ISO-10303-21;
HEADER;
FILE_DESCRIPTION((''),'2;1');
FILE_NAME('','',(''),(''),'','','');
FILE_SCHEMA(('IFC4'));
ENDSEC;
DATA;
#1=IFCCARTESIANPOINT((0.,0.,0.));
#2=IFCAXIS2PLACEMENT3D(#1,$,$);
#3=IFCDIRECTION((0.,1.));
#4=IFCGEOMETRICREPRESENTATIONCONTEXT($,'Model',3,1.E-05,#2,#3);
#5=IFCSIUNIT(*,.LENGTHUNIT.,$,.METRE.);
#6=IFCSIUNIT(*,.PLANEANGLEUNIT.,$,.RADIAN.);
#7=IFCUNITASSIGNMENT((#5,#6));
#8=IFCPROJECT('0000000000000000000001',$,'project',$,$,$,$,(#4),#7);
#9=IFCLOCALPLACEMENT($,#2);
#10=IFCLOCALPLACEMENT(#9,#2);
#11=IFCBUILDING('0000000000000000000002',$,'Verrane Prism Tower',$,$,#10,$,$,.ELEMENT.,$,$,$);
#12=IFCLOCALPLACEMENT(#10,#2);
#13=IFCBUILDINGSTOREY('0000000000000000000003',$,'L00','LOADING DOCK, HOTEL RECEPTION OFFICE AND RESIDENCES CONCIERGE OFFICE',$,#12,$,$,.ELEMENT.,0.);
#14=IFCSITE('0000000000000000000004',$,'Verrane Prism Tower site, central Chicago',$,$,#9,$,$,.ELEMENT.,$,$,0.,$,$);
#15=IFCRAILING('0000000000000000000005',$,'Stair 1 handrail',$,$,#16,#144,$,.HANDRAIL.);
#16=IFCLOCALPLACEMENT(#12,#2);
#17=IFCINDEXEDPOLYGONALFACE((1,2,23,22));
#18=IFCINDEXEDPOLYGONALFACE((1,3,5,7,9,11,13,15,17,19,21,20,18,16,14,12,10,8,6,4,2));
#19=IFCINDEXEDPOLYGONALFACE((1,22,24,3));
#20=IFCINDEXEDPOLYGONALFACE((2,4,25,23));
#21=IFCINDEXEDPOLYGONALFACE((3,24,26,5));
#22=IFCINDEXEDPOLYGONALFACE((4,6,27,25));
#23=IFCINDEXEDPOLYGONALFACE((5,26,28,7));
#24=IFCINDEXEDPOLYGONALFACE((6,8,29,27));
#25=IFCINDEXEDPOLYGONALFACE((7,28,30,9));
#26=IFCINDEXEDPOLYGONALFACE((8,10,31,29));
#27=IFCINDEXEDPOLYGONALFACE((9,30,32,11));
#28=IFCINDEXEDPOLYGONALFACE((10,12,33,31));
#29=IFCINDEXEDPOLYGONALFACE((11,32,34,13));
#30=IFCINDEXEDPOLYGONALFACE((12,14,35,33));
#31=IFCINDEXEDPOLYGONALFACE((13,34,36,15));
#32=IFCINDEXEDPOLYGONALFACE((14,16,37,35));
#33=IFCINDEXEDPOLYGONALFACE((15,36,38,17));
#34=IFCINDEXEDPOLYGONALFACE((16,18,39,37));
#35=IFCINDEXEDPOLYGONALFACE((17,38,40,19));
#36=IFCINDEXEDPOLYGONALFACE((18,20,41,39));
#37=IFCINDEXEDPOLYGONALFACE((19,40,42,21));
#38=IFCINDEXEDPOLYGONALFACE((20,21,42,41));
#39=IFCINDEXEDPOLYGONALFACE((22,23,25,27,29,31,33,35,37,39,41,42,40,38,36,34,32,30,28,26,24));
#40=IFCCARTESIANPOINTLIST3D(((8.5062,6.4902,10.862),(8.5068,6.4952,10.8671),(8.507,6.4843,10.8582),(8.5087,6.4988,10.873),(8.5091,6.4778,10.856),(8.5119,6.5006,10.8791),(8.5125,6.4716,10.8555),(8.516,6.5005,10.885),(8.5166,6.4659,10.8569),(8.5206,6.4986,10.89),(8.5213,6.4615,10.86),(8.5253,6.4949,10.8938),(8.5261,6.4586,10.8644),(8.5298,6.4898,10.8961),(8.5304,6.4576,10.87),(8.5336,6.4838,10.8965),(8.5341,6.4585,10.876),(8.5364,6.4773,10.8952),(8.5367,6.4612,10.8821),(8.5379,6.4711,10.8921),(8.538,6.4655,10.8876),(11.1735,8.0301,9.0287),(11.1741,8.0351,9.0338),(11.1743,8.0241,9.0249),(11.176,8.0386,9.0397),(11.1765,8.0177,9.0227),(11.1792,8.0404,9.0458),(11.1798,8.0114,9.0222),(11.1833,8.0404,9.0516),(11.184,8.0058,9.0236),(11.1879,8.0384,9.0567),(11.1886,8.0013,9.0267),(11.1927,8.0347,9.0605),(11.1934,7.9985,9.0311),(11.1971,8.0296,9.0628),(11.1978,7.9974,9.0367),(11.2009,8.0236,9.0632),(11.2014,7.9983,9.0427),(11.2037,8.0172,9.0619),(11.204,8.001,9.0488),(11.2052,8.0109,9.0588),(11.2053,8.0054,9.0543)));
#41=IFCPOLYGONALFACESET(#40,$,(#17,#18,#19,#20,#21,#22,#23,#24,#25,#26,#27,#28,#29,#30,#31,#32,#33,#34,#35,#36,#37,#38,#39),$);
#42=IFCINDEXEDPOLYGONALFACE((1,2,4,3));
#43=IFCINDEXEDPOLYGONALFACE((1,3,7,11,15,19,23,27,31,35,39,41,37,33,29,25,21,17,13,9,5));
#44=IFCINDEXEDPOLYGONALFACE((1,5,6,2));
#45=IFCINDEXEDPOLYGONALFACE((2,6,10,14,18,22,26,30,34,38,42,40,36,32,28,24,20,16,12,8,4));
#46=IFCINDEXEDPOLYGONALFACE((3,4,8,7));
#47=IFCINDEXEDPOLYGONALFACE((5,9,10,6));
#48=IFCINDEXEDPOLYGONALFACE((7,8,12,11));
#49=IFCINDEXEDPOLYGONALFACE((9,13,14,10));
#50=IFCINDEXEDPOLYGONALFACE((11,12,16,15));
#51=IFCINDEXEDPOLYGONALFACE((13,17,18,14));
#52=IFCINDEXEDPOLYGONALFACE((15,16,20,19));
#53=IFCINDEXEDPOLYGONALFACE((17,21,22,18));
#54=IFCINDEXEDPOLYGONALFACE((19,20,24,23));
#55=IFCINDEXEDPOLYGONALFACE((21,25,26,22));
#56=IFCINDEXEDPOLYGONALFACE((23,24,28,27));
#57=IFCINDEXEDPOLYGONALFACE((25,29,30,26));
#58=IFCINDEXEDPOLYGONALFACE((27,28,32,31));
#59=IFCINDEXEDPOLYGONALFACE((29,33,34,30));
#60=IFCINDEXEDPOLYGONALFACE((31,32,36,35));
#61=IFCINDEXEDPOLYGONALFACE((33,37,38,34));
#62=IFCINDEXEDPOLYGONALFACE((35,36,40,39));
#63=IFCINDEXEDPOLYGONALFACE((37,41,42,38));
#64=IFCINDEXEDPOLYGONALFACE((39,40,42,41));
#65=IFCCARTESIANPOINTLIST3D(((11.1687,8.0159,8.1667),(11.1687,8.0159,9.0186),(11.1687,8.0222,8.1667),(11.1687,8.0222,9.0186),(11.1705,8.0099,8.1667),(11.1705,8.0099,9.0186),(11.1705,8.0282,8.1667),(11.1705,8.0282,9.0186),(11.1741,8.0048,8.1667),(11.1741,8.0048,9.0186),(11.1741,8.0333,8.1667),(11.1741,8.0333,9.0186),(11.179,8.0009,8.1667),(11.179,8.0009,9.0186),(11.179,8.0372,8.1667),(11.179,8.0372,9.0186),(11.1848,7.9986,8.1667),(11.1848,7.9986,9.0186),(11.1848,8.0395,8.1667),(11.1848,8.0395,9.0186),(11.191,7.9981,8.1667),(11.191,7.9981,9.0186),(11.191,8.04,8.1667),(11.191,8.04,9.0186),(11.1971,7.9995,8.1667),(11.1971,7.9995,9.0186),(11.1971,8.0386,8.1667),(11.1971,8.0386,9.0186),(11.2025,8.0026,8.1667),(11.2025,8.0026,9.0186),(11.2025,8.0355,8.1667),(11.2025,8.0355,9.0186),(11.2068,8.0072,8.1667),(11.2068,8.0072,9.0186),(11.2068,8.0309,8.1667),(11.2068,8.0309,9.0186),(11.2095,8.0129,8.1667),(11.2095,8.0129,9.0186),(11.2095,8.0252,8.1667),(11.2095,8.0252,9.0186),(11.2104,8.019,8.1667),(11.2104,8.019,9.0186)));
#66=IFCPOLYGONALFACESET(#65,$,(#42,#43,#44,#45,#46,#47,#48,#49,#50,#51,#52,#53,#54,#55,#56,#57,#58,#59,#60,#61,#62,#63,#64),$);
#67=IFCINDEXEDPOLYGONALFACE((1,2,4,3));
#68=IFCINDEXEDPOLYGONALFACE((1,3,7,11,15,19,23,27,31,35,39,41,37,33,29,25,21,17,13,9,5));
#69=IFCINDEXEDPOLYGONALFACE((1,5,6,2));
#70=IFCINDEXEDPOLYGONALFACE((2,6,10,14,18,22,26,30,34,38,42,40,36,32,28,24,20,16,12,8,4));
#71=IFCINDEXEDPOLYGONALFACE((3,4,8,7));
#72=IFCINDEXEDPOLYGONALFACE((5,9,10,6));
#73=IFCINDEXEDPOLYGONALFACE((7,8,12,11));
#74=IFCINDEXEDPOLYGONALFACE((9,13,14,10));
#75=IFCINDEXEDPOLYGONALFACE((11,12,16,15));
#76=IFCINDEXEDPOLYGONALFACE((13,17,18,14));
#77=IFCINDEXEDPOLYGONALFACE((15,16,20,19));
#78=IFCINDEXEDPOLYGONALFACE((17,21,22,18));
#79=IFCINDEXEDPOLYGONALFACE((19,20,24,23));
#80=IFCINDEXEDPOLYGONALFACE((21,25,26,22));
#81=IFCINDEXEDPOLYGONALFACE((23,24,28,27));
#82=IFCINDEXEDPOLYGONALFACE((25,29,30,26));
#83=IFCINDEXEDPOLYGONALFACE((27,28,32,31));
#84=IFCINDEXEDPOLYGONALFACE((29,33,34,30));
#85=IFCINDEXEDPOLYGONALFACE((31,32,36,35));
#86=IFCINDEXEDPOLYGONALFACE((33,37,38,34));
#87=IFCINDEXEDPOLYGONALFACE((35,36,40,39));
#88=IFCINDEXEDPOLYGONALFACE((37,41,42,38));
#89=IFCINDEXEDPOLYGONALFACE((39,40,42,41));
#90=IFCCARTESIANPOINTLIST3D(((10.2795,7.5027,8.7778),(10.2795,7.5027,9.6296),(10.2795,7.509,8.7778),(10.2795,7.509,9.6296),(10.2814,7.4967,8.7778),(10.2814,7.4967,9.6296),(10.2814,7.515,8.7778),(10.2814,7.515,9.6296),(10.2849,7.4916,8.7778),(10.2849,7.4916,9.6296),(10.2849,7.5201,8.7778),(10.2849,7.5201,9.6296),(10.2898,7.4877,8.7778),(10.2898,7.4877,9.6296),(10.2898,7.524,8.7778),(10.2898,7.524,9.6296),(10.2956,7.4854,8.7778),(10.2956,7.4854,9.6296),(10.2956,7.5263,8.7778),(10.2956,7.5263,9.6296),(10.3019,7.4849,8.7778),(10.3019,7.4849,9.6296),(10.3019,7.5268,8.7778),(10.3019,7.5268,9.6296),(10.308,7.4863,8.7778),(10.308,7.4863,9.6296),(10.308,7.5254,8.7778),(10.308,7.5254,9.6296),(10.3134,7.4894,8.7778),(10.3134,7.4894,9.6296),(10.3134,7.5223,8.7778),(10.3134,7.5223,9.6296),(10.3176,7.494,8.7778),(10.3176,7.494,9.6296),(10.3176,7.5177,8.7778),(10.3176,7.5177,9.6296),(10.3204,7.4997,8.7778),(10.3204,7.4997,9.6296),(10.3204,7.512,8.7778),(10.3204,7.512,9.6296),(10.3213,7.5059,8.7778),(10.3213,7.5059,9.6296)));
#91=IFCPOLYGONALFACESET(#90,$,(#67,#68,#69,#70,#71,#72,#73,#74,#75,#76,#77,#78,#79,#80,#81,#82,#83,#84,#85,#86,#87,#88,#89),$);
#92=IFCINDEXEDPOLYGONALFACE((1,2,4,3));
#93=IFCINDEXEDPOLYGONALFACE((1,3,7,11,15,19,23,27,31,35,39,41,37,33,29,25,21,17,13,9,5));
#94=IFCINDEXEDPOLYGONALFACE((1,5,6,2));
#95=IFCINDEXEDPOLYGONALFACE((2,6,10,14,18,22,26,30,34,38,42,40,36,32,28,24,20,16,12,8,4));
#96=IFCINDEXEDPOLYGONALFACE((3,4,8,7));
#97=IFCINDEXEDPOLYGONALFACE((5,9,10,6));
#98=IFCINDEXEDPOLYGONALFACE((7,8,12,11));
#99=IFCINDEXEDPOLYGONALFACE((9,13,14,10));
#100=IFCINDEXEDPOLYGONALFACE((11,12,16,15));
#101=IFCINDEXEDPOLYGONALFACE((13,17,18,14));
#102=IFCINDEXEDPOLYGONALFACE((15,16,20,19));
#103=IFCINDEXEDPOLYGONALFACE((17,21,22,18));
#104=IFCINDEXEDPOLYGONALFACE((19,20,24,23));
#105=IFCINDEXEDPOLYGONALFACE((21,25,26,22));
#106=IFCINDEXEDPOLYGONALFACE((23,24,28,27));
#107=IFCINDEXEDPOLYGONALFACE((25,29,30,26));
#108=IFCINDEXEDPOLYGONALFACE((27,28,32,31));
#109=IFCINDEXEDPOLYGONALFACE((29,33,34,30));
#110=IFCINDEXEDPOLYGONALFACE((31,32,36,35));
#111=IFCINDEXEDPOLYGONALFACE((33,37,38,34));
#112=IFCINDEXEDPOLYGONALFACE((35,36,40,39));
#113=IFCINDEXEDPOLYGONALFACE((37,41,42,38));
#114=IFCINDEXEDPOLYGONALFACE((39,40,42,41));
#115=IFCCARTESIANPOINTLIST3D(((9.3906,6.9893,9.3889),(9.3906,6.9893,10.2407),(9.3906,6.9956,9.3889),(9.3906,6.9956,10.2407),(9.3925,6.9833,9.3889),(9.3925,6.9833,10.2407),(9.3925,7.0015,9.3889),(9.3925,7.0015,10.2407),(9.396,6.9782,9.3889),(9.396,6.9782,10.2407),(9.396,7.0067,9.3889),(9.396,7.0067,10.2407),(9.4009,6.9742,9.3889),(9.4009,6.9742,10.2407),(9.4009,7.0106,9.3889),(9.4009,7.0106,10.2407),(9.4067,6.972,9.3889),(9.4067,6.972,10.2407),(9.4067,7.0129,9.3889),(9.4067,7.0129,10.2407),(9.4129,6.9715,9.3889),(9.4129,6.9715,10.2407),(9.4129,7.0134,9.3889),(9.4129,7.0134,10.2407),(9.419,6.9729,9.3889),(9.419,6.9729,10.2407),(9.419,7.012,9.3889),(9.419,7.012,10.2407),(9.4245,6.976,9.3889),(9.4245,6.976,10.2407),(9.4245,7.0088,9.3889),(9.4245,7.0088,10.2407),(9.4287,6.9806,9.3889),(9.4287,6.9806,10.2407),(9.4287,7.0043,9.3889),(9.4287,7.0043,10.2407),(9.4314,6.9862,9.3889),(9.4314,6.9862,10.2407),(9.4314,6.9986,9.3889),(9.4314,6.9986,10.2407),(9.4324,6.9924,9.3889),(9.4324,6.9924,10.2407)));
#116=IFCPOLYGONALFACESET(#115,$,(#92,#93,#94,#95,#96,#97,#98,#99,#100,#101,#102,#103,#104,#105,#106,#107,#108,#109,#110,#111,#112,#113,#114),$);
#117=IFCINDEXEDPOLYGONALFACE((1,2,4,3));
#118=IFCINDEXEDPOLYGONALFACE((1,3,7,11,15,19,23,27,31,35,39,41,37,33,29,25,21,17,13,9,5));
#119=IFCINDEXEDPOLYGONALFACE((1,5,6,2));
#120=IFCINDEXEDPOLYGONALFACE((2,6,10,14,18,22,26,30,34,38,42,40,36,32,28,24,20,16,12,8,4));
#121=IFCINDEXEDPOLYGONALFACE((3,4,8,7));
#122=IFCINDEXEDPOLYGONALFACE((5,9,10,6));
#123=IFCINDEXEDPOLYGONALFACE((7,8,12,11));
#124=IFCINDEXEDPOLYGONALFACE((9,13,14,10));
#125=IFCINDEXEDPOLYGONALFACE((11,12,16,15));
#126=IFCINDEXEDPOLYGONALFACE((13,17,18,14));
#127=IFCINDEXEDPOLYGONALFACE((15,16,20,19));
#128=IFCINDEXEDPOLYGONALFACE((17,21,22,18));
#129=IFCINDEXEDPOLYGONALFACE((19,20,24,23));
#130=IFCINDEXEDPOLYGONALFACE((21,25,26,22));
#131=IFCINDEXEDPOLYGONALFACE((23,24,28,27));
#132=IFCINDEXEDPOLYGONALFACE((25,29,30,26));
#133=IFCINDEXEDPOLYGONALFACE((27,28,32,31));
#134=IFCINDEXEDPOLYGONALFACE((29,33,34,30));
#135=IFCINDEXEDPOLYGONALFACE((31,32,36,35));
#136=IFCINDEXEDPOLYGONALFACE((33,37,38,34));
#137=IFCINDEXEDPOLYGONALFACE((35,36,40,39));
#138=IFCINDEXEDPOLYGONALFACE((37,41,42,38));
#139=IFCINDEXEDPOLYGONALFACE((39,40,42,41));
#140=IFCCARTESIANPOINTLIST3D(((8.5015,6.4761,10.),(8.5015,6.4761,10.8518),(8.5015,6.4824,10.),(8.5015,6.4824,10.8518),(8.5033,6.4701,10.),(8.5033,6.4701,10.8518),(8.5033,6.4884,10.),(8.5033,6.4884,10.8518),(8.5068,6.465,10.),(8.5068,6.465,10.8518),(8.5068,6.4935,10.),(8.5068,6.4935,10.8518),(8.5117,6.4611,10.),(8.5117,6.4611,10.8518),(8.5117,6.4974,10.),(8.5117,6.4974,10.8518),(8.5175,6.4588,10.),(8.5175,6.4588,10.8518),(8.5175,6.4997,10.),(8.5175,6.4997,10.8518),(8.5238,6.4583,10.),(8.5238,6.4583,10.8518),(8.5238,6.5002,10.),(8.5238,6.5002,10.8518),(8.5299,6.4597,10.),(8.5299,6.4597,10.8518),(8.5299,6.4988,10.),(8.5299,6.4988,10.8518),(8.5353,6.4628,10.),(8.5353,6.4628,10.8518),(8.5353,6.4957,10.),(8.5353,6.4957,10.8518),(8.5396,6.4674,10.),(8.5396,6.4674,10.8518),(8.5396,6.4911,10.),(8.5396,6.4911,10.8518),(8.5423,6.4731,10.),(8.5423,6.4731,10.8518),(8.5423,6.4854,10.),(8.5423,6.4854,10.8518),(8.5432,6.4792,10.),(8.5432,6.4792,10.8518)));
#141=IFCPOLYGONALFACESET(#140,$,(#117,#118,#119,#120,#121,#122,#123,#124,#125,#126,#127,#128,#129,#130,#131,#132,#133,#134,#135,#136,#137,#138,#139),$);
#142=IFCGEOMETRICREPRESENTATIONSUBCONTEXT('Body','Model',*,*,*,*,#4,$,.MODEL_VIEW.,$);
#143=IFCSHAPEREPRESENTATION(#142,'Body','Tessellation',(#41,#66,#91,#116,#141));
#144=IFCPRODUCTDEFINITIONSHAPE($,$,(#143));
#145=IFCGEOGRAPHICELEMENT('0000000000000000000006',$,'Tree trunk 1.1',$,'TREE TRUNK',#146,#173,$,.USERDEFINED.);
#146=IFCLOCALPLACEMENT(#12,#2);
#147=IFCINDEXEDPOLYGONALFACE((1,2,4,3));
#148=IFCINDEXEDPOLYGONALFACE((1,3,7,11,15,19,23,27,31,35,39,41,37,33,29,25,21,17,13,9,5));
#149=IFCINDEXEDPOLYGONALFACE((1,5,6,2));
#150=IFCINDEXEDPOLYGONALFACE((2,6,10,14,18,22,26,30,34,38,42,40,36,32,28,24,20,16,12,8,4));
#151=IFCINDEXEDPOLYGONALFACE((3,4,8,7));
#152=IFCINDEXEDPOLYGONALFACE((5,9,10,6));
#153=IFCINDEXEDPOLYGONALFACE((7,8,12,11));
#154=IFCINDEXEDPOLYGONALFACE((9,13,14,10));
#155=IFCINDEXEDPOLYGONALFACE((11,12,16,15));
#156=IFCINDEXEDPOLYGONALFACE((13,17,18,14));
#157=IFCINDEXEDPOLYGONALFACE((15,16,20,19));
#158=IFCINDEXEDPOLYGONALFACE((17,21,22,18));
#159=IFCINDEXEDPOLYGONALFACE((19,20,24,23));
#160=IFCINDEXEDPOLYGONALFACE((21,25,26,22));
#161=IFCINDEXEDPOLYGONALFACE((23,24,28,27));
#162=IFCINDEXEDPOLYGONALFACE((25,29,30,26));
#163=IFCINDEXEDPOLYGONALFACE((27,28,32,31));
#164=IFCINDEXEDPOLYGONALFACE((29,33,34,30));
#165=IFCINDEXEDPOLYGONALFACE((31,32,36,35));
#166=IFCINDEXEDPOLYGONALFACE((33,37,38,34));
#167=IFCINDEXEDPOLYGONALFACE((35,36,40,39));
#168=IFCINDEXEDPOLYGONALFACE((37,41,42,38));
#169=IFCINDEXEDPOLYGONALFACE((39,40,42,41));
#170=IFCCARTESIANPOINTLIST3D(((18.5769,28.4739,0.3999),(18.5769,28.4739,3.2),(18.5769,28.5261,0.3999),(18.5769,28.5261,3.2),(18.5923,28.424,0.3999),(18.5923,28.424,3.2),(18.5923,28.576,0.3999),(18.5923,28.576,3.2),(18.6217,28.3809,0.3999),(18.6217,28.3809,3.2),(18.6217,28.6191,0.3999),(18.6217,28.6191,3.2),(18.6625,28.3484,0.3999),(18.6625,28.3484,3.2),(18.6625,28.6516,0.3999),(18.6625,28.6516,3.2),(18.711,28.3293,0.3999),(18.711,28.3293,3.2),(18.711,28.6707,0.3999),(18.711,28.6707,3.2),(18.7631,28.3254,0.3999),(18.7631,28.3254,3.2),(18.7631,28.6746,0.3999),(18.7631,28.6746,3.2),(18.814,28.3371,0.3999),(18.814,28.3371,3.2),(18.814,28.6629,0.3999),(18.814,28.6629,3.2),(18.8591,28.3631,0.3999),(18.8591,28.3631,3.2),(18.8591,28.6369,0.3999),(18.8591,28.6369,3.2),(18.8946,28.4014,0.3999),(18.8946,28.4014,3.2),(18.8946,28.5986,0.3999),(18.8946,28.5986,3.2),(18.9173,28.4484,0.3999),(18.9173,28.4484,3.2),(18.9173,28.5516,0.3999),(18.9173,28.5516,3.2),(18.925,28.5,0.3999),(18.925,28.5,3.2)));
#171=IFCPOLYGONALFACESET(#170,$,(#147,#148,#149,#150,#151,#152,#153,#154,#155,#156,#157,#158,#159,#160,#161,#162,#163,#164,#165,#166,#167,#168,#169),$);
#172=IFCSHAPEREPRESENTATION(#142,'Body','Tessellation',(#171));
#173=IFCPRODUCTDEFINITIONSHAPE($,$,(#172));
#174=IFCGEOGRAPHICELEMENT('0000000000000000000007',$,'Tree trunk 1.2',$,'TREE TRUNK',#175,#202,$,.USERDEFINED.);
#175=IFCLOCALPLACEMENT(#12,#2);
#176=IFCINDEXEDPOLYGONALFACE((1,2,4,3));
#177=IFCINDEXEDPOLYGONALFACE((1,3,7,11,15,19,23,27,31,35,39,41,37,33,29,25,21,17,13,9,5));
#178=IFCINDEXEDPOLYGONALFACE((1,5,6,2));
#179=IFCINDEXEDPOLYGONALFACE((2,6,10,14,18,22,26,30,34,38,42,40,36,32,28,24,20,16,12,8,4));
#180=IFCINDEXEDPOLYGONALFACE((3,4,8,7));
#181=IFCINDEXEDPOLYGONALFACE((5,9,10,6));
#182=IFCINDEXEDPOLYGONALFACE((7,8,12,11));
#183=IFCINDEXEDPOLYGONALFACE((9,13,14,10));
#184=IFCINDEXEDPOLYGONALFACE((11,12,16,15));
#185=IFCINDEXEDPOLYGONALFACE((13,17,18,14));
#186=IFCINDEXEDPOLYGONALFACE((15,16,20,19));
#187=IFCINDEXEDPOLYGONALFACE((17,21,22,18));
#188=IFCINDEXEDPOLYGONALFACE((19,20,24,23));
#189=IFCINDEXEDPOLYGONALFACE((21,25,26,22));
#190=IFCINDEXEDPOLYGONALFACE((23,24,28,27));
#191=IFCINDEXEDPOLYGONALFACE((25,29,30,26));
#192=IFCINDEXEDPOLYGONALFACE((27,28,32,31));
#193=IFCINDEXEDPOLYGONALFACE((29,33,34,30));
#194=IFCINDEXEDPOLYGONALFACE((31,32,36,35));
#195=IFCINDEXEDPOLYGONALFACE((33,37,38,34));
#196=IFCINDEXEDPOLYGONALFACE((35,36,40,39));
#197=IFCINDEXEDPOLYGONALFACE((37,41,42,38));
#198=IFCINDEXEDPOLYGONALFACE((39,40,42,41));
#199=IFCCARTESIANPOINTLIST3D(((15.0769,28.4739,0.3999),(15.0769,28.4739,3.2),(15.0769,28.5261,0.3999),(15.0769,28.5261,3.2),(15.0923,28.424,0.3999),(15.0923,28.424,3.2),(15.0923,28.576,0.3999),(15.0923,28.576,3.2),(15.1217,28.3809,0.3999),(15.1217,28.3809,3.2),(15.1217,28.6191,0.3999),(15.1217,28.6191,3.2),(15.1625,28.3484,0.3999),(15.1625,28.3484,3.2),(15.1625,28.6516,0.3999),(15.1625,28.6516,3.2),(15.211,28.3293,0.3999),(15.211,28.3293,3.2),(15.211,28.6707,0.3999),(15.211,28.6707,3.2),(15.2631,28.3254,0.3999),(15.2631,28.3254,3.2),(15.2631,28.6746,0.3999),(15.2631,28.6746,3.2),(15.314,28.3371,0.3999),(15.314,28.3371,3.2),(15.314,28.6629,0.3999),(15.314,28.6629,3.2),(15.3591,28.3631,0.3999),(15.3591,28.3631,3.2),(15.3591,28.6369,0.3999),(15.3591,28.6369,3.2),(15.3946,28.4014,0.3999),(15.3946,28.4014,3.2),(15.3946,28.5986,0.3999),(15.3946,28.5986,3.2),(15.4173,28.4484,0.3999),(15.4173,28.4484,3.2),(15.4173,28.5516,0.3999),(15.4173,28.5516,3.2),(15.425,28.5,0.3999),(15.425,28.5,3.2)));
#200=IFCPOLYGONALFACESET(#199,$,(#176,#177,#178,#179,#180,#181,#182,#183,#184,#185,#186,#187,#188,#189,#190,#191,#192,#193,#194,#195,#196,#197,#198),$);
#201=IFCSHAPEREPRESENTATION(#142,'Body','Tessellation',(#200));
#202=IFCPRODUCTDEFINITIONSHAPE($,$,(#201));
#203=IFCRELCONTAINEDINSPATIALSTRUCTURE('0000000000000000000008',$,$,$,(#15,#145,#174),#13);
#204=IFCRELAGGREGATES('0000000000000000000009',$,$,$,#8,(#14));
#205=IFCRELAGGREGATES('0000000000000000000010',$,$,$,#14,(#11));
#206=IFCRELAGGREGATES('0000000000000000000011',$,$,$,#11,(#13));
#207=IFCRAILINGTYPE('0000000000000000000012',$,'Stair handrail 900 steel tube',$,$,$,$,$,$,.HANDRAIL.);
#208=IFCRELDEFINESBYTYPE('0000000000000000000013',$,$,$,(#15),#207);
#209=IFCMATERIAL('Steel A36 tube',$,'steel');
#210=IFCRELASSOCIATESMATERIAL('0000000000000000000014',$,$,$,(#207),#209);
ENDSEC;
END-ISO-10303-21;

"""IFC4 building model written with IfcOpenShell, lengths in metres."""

from ifc_helpers import new_model, si_unit, direction, frame, origin, origin_2d, place, context, subcontext, project, spatial, circle, extrude, material, type_object, element, save


model = new_model("IFC4")

# Units and contexts
model_context = context("Model", 3, precision=1e-05, world=origin(), true_north=direction((0.0, 1.0)))
body_context = subcontext(model_context, "Body", "Model", "MODEL_VIEW")
ifc_project = project(units=[si_unit("LENGTHUNIT", "METRE"), si_unit("PLANEANGLEUNIT", "RADIAN")], contexts=[model_context])

# Site, building, storey
site_placement = place(None, origin())
site = spatial("IfcSite", under=ifc_project, at=site_placement, Name="Verrane Prism Tower site, central Chicago", CompositionType="ELEMENT", RefElevation=0.0)
building_placement = place(site_placement, origin())
building = spatial("IfcBuilding", under=site, at=building_placement, Name="Verrane Prism Tower", CompositionType="ELEMENT")
storey_placement = place(building_placement, origin())
storey = spatial("IfcBuildingStorey", under=building, at=storey_placement, Name="L00", Description="LOADING DOCK, HOTEL RECEPTION OFFICE AND RESIDENCES CONCIERGE OFFICE", CompositionType="ELEMENT", Elevation=0.0)

# Railing
ifc_material_1 = material(Name="Steel A36 tube", Category="steel")
railing_type_1 = type_object("IfcRailingType", Name="Stair handrail 900 steel tube", PredefinedType="HANDRAIL", material=ifc_material_1)
railing_1_placement = place(storey_placement, frame((11.1895, 8.019, 8.1667)))
element("IfcRailing", 1, at=railing_1_placement, inside=storey, type_object=railing_type_1, Name="Stair 1 handrail", PredefinedType="HANDRAIL", context=body_context, shape_type="SweptSolid", body=[
    extrude(circle(Radius=0.0239, at=origin_2d()), frame((0.0, 0.0, 0.876), z_axis=(-0.744181, -0.429616, 0.511493), x_axis=(0.499967, -0.866044, 0.0)), (0.0, 0.0, 1.0), 3.5842),
    extrude(circle(Radius=0.021, at=origin_2d()), origin(), (0.0, 0.0, 1.0), 0.8518),
    extrude(circle(Radius=0.021, at=origin_2d()), frame((-0.8892, -0.5132, 0.6111)), (0.0, 0.0, 1.0), 0.8518),
    extrude(circle(Radius=0.021, at=origin_2d()), frame((-1.7781, -1.0266, 1.2222)), (0.0, 0.0, 1.0), 0.8518),
    extrude(circle(Radius=0.021, at=origin_2d()), frame((-2.6672, -1.5398, 1.8333)), (0.0, 0.0, 1.0), 0.8518),
])

# Geographic elements
for number, where, z_axis, x_axis, name in (
    (2, (18.75, 28.5, 3.2), (0.0, 0.0, -1.0), (1.0, 0.0, 0.0), "Tree trunk 1.1"),
    (3, (15.25, 28.5, 3.2), (0.0, 0.0, -1.0), (1.0, 0.0, 0.0), "Tree trunk 1.2"),
):
    element("IfcGeographicElement", number, at=place(storey_placement, frame(where, z_axis=z_axis, x_axis=x_axis)), inside=storey, Name=name, ObjectType="TREE TRUNK", PredefinedType="USERDEFINED", context=body_context, shape_type="SweptSolid", body=[
        extrude(circle(Radius=0.175, at=origin_2d()), origin(), (0.0, 0.0, 1.0), 2.8),
    ])

save(model, "model.ifc")
